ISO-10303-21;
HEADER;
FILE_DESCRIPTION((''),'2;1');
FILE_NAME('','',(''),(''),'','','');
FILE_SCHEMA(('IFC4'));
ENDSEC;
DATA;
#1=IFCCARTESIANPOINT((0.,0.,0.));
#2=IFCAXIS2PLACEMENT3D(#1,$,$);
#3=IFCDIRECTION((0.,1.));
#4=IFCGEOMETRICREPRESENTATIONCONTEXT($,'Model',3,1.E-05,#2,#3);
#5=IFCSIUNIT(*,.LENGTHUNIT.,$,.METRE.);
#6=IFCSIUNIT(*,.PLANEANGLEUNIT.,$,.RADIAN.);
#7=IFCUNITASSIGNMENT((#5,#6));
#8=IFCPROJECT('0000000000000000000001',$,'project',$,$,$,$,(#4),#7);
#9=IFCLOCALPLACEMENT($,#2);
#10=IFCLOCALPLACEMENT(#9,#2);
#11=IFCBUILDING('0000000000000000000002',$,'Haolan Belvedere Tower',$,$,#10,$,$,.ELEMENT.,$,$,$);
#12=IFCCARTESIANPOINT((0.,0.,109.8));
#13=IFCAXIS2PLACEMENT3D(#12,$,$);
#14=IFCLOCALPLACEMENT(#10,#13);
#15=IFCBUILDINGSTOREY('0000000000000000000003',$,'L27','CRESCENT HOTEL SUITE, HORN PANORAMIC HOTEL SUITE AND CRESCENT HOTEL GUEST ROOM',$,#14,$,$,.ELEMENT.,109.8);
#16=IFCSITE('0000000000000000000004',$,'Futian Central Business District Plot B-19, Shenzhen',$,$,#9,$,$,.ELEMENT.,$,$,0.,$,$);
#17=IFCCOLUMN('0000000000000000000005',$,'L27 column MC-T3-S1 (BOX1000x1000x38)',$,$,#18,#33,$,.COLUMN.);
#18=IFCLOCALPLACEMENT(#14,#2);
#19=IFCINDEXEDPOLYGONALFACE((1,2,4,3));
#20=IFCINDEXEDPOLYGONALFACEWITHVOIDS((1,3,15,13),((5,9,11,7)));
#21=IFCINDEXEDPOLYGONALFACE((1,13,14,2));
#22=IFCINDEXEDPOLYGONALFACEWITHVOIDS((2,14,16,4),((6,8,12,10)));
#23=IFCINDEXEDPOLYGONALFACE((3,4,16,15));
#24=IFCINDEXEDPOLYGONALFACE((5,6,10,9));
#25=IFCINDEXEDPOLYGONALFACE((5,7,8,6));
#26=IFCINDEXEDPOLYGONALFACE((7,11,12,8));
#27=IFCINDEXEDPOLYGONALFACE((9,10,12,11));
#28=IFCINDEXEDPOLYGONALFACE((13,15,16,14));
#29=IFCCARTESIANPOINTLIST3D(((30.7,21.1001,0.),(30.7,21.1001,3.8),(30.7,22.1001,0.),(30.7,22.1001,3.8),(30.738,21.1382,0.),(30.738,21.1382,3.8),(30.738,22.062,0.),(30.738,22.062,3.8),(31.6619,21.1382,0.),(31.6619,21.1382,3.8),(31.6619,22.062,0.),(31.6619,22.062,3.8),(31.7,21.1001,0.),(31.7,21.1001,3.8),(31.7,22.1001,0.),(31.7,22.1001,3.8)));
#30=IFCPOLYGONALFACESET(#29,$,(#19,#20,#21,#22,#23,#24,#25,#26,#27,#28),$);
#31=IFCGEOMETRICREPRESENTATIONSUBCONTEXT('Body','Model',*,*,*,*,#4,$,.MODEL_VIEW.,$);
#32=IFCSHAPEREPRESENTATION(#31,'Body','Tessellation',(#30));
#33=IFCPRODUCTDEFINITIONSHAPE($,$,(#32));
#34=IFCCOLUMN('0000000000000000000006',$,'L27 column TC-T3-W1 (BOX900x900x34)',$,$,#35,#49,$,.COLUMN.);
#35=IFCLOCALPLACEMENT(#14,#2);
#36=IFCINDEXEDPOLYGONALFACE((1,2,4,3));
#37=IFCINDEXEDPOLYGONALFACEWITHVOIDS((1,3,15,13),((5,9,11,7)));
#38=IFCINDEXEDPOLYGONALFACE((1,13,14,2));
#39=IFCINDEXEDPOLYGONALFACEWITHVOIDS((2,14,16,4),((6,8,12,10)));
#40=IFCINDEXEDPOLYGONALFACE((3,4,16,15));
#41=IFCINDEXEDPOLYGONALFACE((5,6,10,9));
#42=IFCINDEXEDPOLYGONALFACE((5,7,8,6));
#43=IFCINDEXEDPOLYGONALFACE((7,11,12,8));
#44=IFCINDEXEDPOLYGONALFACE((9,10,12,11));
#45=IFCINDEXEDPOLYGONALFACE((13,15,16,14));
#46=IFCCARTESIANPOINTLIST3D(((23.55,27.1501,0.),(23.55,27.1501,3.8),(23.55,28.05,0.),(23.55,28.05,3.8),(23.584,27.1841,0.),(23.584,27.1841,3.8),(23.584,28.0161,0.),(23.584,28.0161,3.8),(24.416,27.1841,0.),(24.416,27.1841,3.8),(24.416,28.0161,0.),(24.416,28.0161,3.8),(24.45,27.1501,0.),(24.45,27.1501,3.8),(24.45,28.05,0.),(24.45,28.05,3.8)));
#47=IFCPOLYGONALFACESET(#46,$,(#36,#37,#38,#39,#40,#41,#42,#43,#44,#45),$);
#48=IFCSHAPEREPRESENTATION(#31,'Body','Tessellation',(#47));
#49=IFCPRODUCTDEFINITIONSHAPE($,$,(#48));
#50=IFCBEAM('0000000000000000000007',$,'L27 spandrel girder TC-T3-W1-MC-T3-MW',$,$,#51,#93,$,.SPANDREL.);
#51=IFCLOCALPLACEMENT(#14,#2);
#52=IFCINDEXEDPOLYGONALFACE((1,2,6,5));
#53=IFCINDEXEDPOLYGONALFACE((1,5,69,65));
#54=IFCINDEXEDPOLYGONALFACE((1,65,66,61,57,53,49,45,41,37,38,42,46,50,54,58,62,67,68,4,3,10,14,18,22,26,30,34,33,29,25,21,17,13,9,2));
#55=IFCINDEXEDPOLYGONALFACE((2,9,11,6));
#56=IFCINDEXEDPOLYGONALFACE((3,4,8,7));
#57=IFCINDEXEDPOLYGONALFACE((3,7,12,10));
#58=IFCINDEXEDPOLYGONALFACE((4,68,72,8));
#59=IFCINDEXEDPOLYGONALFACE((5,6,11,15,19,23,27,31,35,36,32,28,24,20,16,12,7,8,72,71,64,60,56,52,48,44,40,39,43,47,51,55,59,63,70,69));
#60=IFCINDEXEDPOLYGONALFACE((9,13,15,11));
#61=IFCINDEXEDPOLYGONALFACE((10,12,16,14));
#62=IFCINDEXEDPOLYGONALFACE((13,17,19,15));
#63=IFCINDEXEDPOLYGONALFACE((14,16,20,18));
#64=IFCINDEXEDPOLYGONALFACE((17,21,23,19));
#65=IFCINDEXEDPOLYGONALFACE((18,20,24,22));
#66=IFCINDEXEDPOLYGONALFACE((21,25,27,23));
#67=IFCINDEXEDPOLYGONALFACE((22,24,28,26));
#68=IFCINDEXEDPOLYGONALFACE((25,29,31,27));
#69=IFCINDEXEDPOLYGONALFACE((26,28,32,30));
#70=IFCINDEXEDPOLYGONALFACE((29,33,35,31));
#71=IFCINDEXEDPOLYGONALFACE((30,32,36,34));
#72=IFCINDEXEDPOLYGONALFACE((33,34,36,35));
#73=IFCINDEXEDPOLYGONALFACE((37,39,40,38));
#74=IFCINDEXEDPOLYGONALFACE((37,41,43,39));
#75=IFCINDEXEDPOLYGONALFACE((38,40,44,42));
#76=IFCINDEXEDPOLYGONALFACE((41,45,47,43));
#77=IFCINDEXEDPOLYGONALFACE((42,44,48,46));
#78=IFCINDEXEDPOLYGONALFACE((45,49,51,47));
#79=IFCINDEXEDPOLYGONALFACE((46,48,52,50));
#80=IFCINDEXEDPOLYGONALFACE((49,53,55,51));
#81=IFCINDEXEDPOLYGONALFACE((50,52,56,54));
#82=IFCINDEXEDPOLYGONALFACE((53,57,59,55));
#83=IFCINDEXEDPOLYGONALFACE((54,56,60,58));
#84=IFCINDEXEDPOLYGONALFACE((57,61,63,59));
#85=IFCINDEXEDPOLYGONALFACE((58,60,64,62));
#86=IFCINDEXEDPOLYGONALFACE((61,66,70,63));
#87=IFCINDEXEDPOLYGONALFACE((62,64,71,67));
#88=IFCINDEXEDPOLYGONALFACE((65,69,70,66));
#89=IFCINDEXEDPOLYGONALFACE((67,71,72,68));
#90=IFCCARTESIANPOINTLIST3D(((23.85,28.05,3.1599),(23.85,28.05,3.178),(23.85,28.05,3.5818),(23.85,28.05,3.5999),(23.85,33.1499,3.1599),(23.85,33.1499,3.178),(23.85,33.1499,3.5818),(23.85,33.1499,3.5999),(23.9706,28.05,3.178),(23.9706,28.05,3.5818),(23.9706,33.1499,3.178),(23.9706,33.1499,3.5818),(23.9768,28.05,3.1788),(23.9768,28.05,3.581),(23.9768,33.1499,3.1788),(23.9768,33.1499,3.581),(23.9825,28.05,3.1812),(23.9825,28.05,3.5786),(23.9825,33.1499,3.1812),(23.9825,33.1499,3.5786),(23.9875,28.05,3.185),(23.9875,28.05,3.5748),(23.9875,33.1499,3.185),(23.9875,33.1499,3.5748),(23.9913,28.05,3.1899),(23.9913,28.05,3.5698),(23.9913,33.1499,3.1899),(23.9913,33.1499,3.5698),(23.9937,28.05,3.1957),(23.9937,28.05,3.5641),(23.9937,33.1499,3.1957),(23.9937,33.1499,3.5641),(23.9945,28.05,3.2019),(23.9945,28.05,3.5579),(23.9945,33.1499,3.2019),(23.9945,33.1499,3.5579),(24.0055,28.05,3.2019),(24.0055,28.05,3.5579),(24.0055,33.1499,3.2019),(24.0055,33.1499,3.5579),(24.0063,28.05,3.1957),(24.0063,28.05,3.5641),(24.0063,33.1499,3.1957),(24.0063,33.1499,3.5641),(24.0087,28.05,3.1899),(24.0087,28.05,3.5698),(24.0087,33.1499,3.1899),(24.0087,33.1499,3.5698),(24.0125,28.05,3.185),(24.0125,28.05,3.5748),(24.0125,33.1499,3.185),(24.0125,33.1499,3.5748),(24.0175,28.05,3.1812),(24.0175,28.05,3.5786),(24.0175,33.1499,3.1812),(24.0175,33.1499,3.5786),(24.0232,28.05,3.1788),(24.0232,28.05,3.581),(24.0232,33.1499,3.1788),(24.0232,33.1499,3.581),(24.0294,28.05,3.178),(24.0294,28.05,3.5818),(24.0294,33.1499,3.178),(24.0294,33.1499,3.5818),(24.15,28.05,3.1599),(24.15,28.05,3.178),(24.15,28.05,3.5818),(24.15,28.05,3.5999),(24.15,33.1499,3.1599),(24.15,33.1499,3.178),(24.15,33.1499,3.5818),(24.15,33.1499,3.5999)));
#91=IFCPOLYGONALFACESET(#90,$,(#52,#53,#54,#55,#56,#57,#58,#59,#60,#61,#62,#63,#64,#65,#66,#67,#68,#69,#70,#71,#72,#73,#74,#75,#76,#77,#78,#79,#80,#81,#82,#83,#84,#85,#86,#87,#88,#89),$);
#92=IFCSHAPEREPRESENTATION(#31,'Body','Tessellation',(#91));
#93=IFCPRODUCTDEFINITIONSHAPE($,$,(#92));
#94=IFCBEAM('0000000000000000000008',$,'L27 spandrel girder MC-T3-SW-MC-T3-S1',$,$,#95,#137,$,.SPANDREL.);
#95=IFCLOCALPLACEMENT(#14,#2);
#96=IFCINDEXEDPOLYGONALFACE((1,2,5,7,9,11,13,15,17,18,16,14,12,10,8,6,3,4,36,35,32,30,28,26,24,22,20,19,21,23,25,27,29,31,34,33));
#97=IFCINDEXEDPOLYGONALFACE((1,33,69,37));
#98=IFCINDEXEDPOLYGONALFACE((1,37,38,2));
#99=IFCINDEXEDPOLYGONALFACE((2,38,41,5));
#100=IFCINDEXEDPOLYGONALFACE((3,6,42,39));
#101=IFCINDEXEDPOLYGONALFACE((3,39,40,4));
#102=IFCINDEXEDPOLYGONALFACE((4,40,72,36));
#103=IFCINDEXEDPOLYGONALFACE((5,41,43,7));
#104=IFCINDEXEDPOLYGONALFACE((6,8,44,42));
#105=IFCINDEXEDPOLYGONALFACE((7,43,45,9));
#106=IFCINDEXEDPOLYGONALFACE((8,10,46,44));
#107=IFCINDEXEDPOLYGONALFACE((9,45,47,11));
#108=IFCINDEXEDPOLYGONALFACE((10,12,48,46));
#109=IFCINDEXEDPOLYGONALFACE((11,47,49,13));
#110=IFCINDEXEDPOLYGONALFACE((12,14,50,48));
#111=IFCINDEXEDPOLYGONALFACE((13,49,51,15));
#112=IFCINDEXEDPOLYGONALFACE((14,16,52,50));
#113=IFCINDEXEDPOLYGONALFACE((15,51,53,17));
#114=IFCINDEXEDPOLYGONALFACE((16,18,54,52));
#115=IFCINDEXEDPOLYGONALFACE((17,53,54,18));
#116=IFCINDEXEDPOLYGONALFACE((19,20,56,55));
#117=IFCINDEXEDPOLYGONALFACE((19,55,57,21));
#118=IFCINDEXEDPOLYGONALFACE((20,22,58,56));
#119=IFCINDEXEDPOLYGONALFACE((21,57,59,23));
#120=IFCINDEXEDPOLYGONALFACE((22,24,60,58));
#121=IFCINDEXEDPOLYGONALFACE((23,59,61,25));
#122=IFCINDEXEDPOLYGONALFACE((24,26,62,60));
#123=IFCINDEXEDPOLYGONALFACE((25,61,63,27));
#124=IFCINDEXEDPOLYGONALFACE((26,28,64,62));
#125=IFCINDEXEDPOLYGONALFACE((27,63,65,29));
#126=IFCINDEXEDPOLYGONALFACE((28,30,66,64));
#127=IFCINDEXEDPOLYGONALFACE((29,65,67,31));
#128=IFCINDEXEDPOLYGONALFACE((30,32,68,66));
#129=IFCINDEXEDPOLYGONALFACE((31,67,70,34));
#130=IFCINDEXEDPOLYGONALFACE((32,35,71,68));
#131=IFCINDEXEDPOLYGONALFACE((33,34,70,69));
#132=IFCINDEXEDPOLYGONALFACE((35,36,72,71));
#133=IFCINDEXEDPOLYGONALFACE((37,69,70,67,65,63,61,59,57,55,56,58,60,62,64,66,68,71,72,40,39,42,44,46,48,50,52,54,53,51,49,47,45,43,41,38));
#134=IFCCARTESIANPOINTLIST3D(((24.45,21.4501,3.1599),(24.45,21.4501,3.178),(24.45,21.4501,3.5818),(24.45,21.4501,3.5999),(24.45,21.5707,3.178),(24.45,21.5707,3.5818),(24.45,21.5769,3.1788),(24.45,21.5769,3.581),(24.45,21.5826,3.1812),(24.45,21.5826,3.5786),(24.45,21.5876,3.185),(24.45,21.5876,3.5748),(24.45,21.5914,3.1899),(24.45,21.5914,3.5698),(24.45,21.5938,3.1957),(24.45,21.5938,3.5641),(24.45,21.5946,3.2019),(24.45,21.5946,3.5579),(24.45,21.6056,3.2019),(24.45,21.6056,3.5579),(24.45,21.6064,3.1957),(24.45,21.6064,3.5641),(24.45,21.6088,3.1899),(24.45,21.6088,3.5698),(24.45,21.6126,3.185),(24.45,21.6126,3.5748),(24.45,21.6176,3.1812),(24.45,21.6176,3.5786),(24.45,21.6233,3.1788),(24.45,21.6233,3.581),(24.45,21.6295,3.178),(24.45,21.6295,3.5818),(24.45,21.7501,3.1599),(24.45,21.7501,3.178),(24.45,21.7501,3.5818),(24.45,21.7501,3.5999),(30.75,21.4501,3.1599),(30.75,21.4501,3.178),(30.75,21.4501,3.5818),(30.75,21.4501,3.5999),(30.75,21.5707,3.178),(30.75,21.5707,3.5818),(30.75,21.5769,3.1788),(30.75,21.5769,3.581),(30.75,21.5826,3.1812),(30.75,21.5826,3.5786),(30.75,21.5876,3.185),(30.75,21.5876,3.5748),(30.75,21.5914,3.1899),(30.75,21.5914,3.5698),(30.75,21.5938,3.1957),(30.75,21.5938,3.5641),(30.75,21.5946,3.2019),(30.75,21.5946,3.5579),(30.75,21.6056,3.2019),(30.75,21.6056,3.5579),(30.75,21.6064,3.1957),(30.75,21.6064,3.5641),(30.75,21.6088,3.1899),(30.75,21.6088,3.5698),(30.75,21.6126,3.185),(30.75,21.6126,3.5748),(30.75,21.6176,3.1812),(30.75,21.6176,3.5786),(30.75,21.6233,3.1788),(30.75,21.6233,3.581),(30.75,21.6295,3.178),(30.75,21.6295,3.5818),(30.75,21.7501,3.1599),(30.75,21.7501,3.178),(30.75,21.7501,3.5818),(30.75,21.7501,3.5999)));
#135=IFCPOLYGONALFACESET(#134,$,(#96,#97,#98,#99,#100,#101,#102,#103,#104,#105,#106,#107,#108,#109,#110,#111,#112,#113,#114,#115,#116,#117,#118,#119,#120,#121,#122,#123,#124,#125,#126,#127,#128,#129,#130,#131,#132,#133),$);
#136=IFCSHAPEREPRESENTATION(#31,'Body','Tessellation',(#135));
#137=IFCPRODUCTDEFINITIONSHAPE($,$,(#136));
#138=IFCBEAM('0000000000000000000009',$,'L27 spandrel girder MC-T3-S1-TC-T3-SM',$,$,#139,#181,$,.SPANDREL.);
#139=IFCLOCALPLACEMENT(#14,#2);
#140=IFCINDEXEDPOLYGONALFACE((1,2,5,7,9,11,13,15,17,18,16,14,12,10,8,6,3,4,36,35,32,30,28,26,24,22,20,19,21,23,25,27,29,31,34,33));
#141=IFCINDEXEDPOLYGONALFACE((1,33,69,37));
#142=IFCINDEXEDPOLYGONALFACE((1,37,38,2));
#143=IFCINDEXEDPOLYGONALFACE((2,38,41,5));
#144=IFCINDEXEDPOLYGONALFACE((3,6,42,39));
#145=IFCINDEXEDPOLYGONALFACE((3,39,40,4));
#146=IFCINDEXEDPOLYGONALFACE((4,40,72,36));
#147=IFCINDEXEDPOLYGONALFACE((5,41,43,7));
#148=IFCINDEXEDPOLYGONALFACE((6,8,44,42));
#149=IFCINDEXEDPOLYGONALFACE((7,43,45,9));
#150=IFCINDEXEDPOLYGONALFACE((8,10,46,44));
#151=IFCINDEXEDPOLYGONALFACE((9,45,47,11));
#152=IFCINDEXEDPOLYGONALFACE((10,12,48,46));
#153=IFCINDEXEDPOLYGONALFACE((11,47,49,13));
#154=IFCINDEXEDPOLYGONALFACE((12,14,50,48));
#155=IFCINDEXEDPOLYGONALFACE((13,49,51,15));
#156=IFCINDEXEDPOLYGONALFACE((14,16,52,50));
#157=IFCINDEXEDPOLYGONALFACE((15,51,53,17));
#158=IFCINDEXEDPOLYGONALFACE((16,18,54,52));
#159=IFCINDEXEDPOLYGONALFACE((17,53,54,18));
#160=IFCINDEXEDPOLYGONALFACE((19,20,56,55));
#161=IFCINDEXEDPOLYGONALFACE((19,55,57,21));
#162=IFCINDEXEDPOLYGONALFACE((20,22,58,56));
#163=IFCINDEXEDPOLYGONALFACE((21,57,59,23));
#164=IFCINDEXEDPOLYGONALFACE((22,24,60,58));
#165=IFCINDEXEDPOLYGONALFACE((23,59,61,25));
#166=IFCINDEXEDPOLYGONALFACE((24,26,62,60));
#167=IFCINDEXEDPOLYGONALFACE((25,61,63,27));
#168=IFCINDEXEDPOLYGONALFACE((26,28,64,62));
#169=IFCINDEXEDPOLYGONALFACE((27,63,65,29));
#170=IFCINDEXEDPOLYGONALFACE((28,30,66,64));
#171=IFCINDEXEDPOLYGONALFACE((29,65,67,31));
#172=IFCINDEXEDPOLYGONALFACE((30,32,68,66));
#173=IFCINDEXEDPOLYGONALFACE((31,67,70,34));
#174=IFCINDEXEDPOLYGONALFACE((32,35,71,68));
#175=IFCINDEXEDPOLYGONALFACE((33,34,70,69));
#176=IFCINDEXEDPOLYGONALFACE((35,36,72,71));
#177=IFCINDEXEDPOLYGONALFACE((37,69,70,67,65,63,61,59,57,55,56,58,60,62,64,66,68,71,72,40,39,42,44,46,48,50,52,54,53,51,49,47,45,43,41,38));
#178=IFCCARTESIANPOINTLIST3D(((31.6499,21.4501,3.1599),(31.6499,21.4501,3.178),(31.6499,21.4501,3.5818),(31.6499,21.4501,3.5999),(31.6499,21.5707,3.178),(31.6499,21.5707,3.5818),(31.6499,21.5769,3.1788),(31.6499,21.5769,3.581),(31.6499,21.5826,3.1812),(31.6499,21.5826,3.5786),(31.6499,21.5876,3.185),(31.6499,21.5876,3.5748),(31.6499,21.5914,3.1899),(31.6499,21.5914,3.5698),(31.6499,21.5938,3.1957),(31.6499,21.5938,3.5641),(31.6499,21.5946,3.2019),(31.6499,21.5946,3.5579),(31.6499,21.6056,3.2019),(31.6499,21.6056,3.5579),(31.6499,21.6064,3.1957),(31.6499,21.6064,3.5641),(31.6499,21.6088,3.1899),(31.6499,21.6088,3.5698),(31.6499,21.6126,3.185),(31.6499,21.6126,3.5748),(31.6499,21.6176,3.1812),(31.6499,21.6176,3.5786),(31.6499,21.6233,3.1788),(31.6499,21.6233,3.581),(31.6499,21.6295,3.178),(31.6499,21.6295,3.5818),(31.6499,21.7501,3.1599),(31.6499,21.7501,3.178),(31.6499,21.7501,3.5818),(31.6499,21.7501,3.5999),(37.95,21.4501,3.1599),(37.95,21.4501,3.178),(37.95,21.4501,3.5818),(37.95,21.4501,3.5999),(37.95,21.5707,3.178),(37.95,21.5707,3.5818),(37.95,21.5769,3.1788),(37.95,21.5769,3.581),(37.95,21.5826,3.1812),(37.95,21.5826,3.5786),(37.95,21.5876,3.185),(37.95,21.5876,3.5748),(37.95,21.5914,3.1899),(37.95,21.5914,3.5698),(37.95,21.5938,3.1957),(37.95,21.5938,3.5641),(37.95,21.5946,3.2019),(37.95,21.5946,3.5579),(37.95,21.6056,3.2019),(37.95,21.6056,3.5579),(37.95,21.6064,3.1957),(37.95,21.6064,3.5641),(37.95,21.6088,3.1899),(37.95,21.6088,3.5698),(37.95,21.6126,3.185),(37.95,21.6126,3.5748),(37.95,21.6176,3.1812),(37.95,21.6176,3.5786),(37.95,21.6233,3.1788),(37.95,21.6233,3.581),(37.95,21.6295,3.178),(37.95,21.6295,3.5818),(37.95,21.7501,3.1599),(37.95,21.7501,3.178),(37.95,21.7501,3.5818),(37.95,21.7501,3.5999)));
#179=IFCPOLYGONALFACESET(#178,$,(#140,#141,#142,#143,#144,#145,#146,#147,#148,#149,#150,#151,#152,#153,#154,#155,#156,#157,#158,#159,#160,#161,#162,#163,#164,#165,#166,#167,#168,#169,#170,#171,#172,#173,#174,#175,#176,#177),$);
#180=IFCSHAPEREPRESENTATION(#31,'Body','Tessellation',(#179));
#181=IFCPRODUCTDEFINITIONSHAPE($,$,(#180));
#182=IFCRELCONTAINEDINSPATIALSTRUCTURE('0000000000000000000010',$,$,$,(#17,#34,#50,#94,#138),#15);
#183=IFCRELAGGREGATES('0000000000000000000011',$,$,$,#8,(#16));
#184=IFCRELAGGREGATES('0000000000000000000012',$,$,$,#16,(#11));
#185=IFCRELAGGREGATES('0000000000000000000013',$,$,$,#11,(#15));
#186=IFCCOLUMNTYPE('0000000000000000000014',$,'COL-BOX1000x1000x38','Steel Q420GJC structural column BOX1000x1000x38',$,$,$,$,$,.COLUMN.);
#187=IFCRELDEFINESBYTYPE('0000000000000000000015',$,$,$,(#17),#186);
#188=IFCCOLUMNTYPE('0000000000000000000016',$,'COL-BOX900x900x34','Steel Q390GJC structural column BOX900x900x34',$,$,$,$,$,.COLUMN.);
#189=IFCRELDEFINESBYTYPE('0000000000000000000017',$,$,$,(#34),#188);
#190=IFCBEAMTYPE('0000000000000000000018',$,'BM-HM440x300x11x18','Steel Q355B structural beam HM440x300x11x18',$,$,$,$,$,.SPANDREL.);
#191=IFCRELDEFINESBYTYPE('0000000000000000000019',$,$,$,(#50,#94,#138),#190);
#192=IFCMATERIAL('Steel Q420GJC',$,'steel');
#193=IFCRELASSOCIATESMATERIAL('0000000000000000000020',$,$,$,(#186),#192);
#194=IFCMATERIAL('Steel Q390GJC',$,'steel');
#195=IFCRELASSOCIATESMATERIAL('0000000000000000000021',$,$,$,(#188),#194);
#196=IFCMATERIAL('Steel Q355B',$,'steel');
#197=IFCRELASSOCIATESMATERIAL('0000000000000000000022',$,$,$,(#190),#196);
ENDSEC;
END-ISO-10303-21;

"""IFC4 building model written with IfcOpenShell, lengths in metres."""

from ifc_helpers import new_model, si_unit, direction, frame, origin, origin_2d, place, context, subcontext, project, spatial, hollow_rectangle, i_section, extrude, material, material_profile, profile_set, type_object, element, save


model = new_model("IFC4")

# Units and contexts
model_context = context("Model", 3, precision=1e-05, world=origin(), true_north=direction((0.0, 1.0)))
body_context = subcontext(model_context, "Body", "Model", "MODEL_VIEW")
ifc_project = project(units=[si_unit("LENGTHUNIT", "METRE"), si_unit("PLANEANGLEUNIT", "RADIAN")], contexts=[model_context])

# Site, building, storey
site_placement = place(None, origin())
site = spatial("IfcSite", under=ifc_project, at=site_placement, Name="Futian Central Business District Plot B-19, Shenzhen", CompositionType="ELEMENT", RefElevation=0.0)
building_placement = place(site_placement, origin())
building = spatial("IfcBuilding", under=site, at=building_placement, Name="Haolan Belvedere Tower", CompositionType="ELEMENT")
storey_placement = place(building_placement, frame((0.0, 0.0, 109.8)))
storey = spatial("IfcBuildingStorey", under=building, at=storey_placement, Name="L27", Description="CRESCENT HOTEL SUITE, HORN PANORAMIC HOTEL SUITE AND CRESCENT HOTEL GUEST ROOM", CompositionType="ELEMENT", Elevation=109.8)

# Columns
ifc_material_1 = material(Name="Steel Q420GJC", Category="steel")
ifc_material_profile_1 = material_profile(ifc_material_1, hollow_rectangle(XDim=1.0, YDim=1.0, WallThickness=0.0381, at=origin_2d()), Name="Steel Q420GJC")
ifc_profile_set_1 = profile_set([ifc_material_profile_1], Name="Steel Q420GJC")
column_type_1 = type_object("IfcColumnType", Name="COL-BOX1000x1000x38", Description="Steel Q420GJC structural column BOX1000x1000x38", PredefinedType="COLUMN", material=ifc_profile_set_1)
column_1_placement = place(storey_placement, frame((31.2, 21.6001, 0.0), z_axis=(0.0, 0.0, 1.0), x_axis=(1.0, 0.0, 0.0)))
element("IfcColumn", 1, at=column_1_placement, inside=storey, type_object=column_type_1, Name="L27 column MC-T3-S1 (BOX1000x1000x38)", PredefinedType="COLUMN", context=body_context, shape_type="SweptSolid", body=[
    extrude(hollow_rectangle(XDim=1.0, YDim=1.0, WallThickness=0.0381, at=origin_2d()), origin(), (0.0, 0.0, 1.0), 3.8),
])
ifc_material_2 = material(Name="Steel Q390GJC", Category="steel")
ifc_material_profile_2 = material_profile(ifc_material_2, hollow_rectangle(XDim=0.8999, YDim=0.8999, WallThickness=0.0339, at=origin_2d()), Name="Steel Q390GJC")
ifc_profile_set_2 = profile_set([ifc_material_profile_2], Name="Steel Q390GJC")
column_type_2 = type_object("IfcColumnType", Name="COL-BOX900x900x34", Description="Steel Q390GJC structural column BOX900x900x34", PredefinedType="COLUMN", material=ifc_profile_set_2)
column_2_placement = place(storey_placement, frame((24.0, 27.6001, 0.0), z_axis=(0.0, 0.0, 1.0), x_axis=(1.0, 0.0, 0.0)))
element("IfcColumn", 2, at=column_2_placement, inside=storey, type_object=column_type_2, Name="L27 column TC-T3-W1 (BOX900x900x34)", PredefinedType="COLUMN", context=body_context, shape_type="SweptSolid", body=[
    extrude(hollow_rectangle(XDim=0.8999, YDim=0.8999, WallThickness=0.0339, at=origin_2d()), origin(), (0.0, 0.0, 1.0), 3.8),
])

# Beams
ifc_material_3 = material(Name="Steel Q355B", Category="steel")
ifc_material_profile_3 = material_profile(ifc_material_3, i_section(OverallWidth=0.3, OverallDepth=0.4399, WebThickness=0.011, FlangeThickness=0.0181, FilletRadius=0.0239, at=origin_2d()), Name="Steel Q355B")
ifc_profile_set_3 = profile_set([ifc_material_profile_3], Name="Steel Q355B")
beam_type_1 = type_object("IfcBeamType", Name="BM-HM440x300x11x18", Description="Steel Q355B structural beam HM440x300x11x18", PredefinedType="SPANDREL", material=ifc_profile_set_3)
beam_1_placement = place(storey_placement, frame((24.0, 28.05, 3.3799), z_axis=(0.0, 1.0, 0.0), x_axis=(-1.0, 0.0, 0.0)))
element("IfcBeam", 3, at=beam_1_placement, inside=storey, type_object=beam_type_1, Name="L27 spandrel girder TC-T3-W1-MC-T3-MW", PredefinedType="SPANDREL", context=body_context, shape_type="SweptSolid", body=[
    extrude(i_section(OverallWidth=0.3, OverallDepth=0.4399, WebThickness=0.011, FlangeThickness=0.0181, FilletRadius=0.0239, at=origin_2d()), origin(), (0.0, 0.0, 1.0), 5.0999),
])
for number, where, z_axis, x_axis, name in (
    (4, (24.45, 21.6001, 3.3799), (1.0, 0.0, 0.0), (0.0, 1.0, 0.0), "L27 spandrel girder MC-T3-SW-MC-T3-S1"),
    (5, (31.6499, 21.6001, 3.3799), (1.0, 0.0, 0.0), (0.0, 1.0, 0.0), "L27 spandrel girder MC-T3-S1-TC-T3-SM"),
):
    element("IfcBeam", number, at=place(storey_placement, frame(where, z_axis=z_axis, x_axis=x_axis)), inside=storey, type_object=beam_type_1, Name=name, PredefinedType="SPANDREL", context=body_context, shape_type="SweptSolid", body=[
        extrude(i_section(OverallWidth=0.3, OverallDepth=0.4399, WebThickness=0.011, FlangeThickness=0.0181, FilletRadius=0.0239, at=origin_2d()), origin(), (0.0, 0.0, 1.0), 6.3),
    ])

save(model, "model.ifc")
